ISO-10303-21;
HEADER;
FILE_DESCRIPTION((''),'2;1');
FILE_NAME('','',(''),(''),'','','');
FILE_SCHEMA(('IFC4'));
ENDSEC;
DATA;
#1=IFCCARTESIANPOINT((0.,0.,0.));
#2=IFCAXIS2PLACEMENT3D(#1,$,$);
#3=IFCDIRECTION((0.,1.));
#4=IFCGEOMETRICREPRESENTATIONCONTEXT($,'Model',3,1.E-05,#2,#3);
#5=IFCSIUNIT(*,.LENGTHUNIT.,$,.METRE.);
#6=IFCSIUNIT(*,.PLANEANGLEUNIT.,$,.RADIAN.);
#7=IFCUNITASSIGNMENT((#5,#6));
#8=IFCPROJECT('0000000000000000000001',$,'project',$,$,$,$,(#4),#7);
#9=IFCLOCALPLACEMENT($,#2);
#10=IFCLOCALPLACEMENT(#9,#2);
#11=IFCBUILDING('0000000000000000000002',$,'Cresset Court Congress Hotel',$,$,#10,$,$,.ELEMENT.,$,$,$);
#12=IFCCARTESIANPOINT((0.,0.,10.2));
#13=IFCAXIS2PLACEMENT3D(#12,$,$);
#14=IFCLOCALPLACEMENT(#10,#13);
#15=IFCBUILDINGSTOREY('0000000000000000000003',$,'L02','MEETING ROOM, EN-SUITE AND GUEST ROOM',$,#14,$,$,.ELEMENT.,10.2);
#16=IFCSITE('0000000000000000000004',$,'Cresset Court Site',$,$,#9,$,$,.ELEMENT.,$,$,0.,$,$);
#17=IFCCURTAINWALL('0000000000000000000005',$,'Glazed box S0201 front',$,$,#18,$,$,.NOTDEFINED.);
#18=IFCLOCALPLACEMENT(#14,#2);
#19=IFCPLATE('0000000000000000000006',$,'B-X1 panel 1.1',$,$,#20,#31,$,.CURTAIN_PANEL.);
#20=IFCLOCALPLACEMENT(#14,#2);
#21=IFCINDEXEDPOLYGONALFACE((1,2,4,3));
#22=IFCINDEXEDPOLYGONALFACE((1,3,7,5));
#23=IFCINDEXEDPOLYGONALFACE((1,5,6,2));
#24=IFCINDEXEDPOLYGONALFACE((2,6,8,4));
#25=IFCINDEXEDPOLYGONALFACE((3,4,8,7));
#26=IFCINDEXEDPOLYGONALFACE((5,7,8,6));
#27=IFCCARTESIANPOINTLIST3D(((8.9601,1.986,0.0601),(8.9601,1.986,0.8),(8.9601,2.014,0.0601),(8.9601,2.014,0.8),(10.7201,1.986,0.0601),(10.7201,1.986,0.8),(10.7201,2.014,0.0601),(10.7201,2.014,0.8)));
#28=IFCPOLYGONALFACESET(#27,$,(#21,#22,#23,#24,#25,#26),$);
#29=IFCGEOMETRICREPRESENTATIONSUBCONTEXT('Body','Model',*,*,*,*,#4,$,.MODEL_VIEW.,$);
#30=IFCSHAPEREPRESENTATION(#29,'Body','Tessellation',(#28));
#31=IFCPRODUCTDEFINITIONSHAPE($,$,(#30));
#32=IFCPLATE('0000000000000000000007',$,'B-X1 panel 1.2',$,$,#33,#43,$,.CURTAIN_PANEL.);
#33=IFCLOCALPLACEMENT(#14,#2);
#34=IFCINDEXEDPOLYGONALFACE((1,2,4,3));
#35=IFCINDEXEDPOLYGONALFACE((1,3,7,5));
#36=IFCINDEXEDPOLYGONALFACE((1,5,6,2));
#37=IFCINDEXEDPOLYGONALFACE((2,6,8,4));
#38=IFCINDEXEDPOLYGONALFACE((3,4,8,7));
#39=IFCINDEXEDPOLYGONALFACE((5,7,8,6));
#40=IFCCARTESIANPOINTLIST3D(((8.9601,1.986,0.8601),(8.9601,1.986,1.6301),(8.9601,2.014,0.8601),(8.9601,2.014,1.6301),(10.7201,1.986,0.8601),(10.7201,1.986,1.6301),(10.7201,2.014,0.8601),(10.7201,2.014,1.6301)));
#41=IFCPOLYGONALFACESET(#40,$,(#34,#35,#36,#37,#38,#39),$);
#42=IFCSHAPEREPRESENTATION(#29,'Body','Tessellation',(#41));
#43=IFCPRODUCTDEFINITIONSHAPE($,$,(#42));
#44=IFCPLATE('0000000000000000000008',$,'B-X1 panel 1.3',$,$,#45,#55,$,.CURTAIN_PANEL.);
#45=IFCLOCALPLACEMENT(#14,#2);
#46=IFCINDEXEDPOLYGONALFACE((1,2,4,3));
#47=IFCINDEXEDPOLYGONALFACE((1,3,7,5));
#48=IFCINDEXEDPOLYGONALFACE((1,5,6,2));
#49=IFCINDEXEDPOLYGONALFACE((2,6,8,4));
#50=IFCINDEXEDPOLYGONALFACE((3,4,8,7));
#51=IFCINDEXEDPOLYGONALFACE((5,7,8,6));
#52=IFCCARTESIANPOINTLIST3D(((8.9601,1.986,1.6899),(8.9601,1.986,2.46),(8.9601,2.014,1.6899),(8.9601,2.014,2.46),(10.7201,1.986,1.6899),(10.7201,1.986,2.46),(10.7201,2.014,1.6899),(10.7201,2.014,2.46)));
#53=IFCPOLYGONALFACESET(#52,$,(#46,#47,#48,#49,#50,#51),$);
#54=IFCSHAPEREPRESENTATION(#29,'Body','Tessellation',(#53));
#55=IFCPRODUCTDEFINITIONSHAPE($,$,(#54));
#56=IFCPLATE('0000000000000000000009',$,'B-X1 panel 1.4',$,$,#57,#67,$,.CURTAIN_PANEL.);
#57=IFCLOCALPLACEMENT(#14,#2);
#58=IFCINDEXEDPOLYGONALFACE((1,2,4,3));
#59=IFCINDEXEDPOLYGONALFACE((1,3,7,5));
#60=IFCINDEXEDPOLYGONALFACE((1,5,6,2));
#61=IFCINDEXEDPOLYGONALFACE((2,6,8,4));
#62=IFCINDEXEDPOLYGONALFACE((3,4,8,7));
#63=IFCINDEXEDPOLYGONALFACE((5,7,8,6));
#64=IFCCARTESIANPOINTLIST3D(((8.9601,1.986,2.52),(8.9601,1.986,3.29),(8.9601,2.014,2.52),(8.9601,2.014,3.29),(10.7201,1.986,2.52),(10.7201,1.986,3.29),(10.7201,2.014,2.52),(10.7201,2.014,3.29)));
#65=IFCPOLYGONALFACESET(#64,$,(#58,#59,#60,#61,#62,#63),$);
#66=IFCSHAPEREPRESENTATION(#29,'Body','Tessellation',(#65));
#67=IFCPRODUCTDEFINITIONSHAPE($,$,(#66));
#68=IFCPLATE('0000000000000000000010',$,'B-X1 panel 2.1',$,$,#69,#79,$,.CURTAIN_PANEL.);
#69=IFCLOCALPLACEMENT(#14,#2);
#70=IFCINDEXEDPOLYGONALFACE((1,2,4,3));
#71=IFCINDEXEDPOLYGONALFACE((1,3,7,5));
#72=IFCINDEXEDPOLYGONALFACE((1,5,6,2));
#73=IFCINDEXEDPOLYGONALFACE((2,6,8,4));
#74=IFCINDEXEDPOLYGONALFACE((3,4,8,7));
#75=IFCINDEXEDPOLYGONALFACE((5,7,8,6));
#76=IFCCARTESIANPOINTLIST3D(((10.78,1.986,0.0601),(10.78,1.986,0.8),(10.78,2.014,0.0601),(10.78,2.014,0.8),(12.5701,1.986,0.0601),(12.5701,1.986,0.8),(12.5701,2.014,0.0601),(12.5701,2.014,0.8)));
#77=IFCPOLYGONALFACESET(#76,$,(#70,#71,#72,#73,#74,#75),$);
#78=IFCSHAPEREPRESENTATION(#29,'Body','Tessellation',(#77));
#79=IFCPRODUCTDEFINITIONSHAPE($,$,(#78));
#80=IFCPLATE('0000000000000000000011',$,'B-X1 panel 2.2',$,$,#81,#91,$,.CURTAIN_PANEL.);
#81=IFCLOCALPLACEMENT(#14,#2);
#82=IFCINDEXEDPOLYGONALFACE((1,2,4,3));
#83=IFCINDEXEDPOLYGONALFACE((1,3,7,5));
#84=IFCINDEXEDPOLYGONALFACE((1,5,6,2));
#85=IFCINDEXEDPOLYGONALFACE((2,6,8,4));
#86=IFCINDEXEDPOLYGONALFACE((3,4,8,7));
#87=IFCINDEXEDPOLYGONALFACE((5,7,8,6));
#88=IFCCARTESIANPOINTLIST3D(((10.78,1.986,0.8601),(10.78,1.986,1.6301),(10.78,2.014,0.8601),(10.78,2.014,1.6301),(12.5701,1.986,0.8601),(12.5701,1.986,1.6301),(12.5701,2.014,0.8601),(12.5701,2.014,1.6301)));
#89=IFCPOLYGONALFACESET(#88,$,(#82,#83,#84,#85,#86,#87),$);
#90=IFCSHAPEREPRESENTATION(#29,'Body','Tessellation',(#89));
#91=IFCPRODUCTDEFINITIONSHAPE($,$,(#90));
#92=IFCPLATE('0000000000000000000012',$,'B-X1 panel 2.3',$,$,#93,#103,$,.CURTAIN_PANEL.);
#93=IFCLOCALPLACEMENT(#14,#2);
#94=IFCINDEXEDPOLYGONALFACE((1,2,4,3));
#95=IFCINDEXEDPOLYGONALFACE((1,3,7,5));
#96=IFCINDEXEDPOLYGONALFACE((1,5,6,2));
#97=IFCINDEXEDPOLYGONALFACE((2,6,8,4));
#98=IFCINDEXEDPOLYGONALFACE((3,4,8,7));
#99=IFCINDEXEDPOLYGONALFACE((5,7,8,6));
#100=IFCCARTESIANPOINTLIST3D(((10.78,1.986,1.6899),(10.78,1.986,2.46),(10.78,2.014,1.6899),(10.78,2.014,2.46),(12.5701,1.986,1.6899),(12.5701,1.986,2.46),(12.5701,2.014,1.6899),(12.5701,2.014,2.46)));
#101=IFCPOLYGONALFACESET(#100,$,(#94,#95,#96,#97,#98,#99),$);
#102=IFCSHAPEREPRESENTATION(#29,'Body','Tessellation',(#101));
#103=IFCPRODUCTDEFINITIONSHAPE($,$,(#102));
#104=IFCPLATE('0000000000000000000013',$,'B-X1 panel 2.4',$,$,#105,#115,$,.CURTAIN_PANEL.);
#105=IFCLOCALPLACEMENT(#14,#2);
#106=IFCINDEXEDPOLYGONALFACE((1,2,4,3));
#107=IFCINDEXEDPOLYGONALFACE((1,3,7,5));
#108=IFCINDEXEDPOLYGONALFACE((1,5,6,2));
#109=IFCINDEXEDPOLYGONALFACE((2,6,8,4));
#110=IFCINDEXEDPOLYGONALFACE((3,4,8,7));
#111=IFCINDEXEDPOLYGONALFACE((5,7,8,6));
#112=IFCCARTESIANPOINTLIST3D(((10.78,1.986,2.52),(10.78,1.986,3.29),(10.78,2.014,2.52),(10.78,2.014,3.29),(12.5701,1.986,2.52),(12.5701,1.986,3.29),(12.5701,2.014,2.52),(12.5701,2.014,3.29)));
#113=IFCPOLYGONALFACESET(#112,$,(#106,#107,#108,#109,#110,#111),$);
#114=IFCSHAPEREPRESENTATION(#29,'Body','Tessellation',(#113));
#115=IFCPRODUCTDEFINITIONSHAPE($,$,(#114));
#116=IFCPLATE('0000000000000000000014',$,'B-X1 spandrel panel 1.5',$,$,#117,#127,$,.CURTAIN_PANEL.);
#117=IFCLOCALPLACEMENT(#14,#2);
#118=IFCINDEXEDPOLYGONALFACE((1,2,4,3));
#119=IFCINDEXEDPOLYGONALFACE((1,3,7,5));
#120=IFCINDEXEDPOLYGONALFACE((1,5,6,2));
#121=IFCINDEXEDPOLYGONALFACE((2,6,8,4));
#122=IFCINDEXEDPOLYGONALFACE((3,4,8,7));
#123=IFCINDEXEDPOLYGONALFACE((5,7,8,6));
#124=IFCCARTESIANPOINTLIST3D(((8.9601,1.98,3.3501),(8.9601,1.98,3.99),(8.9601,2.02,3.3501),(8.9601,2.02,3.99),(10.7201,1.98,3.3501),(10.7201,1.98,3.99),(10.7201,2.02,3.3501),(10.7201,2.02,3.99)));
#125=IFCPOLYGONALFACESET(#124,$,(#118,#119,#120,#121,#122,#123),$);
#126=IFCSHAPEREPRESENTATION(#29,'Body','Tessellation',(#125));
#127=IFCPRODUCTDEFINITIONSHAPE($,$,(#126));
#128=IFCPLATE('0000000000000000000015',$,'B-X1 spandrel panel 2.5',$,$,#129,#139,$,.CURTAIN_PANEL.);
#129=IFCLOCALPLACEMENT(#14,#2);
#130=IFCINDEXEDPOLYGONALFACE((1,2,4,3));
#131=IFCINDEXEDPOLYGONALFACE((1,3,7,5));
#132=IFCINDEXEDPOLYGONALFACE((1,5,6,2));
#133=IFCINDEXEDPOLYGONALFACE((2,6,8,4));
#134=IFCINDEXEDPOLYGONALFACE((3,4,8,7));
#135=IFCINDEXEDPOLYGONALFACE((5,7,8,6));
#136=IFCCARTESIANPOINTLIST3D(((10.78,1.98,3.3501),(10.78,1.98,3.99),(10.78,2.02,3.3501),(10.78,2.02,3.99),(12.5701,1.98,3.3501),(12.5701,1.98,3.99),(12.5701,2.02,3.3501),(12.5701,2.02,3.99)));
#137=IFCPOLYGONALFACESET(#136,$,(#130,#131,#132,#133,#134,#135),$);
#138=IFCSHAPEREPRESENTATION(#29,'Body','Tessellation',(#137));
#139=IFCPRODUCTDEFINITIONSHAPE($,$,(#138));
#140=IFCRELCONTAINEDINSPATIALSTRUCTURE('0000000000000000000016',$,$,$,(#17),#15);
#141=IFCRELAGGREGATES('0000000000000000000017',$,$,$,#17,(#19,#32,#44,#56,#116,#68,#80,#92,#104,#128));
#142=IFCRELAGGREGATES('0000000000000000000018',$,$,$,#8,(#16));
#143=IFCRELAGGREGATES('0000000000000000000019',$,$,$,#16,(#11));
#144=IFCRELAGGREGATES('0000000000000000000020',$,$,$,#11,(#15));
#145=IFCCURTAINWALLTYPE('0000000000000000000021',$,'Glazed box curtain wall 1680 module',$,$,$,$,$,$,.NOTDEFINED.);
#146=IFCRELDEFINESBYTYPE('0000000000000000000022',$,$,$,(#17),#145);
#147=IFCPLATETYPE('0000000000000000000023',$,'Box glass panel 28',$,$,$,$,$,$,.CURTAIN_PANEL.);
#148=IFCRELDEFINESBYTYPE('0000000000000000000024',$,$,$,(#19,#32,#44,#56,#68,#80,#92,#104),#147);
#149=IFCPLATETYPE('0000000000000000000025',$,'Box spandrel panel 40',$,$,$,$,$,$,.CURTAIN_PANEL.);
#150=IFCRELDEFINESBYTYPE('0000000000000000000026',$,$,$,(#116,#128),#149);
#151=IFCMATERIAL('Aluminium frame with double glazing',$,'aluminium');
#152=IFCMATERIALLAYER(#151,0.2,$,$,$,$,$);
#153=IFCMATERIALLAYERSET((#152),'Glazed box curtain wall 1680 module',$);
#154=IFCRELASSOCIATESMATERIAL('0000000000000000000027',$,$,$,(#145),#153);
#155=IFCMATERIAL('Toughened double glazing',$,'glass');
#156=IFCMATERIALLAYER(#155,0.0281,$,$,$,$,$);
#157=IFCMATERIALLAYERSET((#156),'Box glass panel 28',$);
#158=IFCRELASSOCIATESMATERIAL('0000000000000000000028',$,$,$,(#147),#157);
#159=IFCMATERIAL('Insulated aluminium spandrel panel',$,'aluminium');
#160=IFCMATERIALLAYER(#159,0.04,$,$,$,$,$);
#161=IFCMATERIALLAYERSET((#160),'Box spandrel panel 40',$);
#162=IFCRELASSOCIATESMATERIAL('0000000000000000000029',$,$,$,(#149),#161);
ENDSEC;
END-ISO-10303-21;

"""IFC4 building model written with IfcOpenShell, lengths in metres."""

from ifc_helpers import new_model, si_unit, direction, frame, origin, origin_2d, place, context, subcontext, project, spatial, rectangle, extrude, material, layer, layer_set, type_object, element, aggregate, save


model = new_model("IFC4")

# Units and contexts
model_context = context("Model", 3, precision=1e-05, world=origin(), true_north=direction((0.0, 1.0)))
body_context = subcontext(model_context, "Body", "Model", "MODEL_VIEW")
ifc_project = project(units=[si_unit("LENGTHUNIT", "METRE"), si_unit("PLANEANGLEUNIT", "RADIAN")], contexts=[model_context])

# Site, building, storey
site_placement = place(None, origin())
site = spatial("IfcSite", under=ifc_project, at=site_placement, Name="Cresset Court Site", CompositionType="ELEMENT", RefElevation=0.0)
building_placement = place(site_placement, origin())
building = spatial("IfcBuilding", under=site, at=building_placement, Name="Cresset Court Congress Hotel", CompositionType="ELEMENT")
storey_placement = place(building_placement, frame((0.0, 0.0, 10.2)))
storey = spatial("IfcBuildingStorey", under=building, at=storey_placement, Name="L02", Description="MEETING ROOM, EN-SUITE AND GUEST ROOM", CompositionType="ELEMENT", Elevation=10.2)

# Curtain wall
ifc_material_1 = material(Name="Aluminium frame with double glazing", Category="aluminium")
ifc_layer_1 = layer(ifc_material_1, 0.2)
ifc_layer_set_1 = layer_set([ifc_layer_1], Name="Glazed box curtain wall 1680 module")
curtain_wall_type = type_object("IfcCurtainWallType", Name="Glazed box curtain wall 1680 module", PredefinedType="NOTDEFINED", material=ifc_layer_set_1)
curtain_wall_1_placement = place(storey_placement, origin())
curtain_wall_1 = element("IfcCurtainWall", 1, at=curtain_wall_1_placement, inside=storey, type_object=curtain_wall_type, Name="Glazed box S0201 front", PredefinedType="NOTDEFINED")

# Plates
ifc_material_2 = material(Name="Toughened double glazing", Category="glass")
ifc_layer_2 = layer(ifc_material_2, 0.0281)
ifc_layer_set_2 = layer_set([ifc_layer_2], Name="Box glass panel 28")
plate_type_1 = type_object("IfcPlateType", Name="Box glass panel 28", PredefinedType="CURTAIN_PANEL", material=ifc_layer_set_2)
plate_1_placement = place(storey_placement, frame((9.8401, 2.0, 0.0601), z_axis=(0.0, 0.0, 1.0), x_axis=(1.0, 0.0, 0.0)))
plate_1 = element("IfcPlate", 2, at=plate_1_placement, type_object=plate_type_1, Name="B-X1 panel 1.1", PredefinedType="CURTAIN_PANEL", context=body_context, shape_type="SweptSolid", body=[
    extrude(rectangle(XDim=1.76, YDim=0.0281, at=origin_2d()), origin(), (0.0, 0.0, 1.0), 0.74),
])
plate_2_placement = place(storey_placement, frame((9.8401, 2.0, 0.8601), z_axis=(0.0, 0.0, 1.0), x_axis=(1.0, 0.0, 0.0)))
plate_2 = element("IfcPlate", 3, at=plate_2_placement, type_object=plate_type_1, Name="B-X1 panel 1.2", PredefinedType="CURTAIN_PANEL", context=body_context, shape_type="SweptSolid", body=[
    extrude(rectangle(XDim=1.76, YDim=0.0281, at=origin_2d()), origin(), (0.0, 0.0, 1.0), 0.77),
])
plate_3_placement = place(storey_placement, frame((9.8401, 2.0, 1.6899), z_axis=(0.0, 0.0, 1.0), x_axis=(1.0, 0.0, 0.0)))
plate_3 = element("IfcPlate", 4, at=plate_3_placement, type_object=plate_type_1, Name="B-X1 panel 1.3", PredefinedType="CURTAIN_PANEL", context=body_context, shape_type="SweptSolid", body=[
    extrude(rectangle(XDim=1.76, YDim=0.0281, at=origin_2d()), origin(), (0.0, 0.0, 1.0), 0.77),
])
plate_4_placement = place(storey_placement, frame((9.8401, 2.0, 2.52), z_axis=(0.0, 0.0, 1.0), x_axis=(1.0, 0.0, 0.0)))
plate_4 = element("IfcPlate", 5, at=plate_4_placement, type_object=plate_type_1, Name="B-X1 panel 1.4", PredefinedType="CURTAIN_PANEL", context=body_context, shape_type="SweptSolid", body=[
    extrude(rectangle(XDim=1.76, YDim=0.0281, at=origin_2d()), origin(), (0.0, 0.0, 1.0), 0.77),
])
plate_5_placement = place(storey_placement, frame((11.675, 2.0, 0.0601), z_axis=(0.0, 0.0, 1.0), x_axis=(1.0, 0.0, 0.0)))
plate_5 = element("IfcPlate", 6, at=plate_5_placement, type_object=plate_type_1, Name="B-X1 panel 2.1", PredefinedType="CURTAIN_PANEL", context=body_context, shape_type="SweptSolid", body=[
    extrude(rectangle(XDim=1.79, YDim=0.0281, at=origin_2d()), origin(), (0.0, 0.0, 1.0), 0.74),
])
plate_6_placement = place(storey_placement, frame((11.675, 2.0, 0.8601), z_axis=(0.0, 0.0, 1.0), x_axis=(1.0, 0.0, 0.0)))
plate_6 = element("IfcPlate", 7, at=plate_6_placement, type_object=plate_type_1, Name="B-X1 panel 2.2", PredefinedType="CURTAIN_PANEL", context=body_context, shape_type="SweptSolid", body=[
    extrude(rectangle(XDim=1.79, YDim=0.0281, at=origin_2d()), origin(), (0.0, 0.0, 1.0), 0.77),
])
plate_7_placement = place(storey_placement, frame((11.675, 2.0, 1.6899), z_axis=(0.0, 0.0, 1.0), x_axis=(1.0, 0.0, 0.0)))
plate_7 = element("IfcPlate", 8, at=plate_7_placement, type_object=plate_type_1, Name="B-X1 panel 2.3", PredefinedType="CURTAIN_PANEL", context=body_context, shape_type="SweptSolid", body=[
    extrude(rectangle(XDim=1.79, YDim=0.0281, at=origin_2d()), origin(), (0.0, 0.0, 1.0), 0.77),
])
plate_8_placement = place(storey_placement, frame((11.675, 2.0, 2.52), z_axis=(0.0, 0.0, 1.0), x_axis=(1.0, 0.0, 0.0)))
plate_8 = element("IfcPlate", 9, at=plate_8_placement, type_object=plate_type_1, Name="B-X1 panel 2.4", PredefinedType="CURTAIN_PANEL", context=body_context, shape_type="SweptSolid", body=[
    extrude(rectangle(XDim=1.79, YDim=0.0281, at=origin_2d()), origin(), (0.0, 0.0, 1.0), 0.77),
])
ifc_material_3 = material(Name="Insulated aluminium spandrel panel", Category="aluminium")
ifc_layer_3 = layer(ifc_material_3, 0.04)
ifc_layer_set_3 = layer_set([ifc_layer_3], Name="Box spandrel panel 40")
plate_type_2 = type_object("IfcPlateType", Name="Box spandrel panel 40", PredefinedType="CURTAIN_PANEL", material=ifc_layer_set_3)
plate_9_placement = place(storey_placement, frame((9.8401, 2.0, 3.3501), z_axis=(0.0, 0.0, 1.0), x_axis=(1.0, 0.0, 0.0)))
plate_9 = element("IfcPlate", 10, at=plate_9_placement, type_object=plate_type_2, Name="B-X1 spandrel panel 1.5", PredefinedType="CURTAIN_PANEL", context=body_context, shape_type="SweptSolid", body=[
    extrude(rectangle(XDim=1.76, YDim=0.04, at=origin_2d()), origin(), (0.0, 0.0, 1.0), 0.6399),
])
plate_10_placement = place(storey_placement, frame((11.675, 2.0, 3.3501), z_axis=(0.0, 0.0, 1.0), x_axis=(1.0, 0.0, 0.0)))
plate_10 = element("IfcPlate", 11, at=plate_10_placement, type_object=plate_type_2, Name="B-X1 spandrel panel 2.5", PredefinedType="CURTAIN_PANEL", context=body_context, shape_type="SweptSolid", body=[
    extrude(rectangle(XDim=1.79, YDim=0.04, at=origin_2d()), origin(), (0.0, 0.0, 1.0), 0.6399),
])
aggregate(curtain_wall_1, [plate_1, plate_2, plate_3, plate_4, plate_9, plate_5, plate_6, plate_7, plate_8, plate_10])

save(model, "model.ifc")
